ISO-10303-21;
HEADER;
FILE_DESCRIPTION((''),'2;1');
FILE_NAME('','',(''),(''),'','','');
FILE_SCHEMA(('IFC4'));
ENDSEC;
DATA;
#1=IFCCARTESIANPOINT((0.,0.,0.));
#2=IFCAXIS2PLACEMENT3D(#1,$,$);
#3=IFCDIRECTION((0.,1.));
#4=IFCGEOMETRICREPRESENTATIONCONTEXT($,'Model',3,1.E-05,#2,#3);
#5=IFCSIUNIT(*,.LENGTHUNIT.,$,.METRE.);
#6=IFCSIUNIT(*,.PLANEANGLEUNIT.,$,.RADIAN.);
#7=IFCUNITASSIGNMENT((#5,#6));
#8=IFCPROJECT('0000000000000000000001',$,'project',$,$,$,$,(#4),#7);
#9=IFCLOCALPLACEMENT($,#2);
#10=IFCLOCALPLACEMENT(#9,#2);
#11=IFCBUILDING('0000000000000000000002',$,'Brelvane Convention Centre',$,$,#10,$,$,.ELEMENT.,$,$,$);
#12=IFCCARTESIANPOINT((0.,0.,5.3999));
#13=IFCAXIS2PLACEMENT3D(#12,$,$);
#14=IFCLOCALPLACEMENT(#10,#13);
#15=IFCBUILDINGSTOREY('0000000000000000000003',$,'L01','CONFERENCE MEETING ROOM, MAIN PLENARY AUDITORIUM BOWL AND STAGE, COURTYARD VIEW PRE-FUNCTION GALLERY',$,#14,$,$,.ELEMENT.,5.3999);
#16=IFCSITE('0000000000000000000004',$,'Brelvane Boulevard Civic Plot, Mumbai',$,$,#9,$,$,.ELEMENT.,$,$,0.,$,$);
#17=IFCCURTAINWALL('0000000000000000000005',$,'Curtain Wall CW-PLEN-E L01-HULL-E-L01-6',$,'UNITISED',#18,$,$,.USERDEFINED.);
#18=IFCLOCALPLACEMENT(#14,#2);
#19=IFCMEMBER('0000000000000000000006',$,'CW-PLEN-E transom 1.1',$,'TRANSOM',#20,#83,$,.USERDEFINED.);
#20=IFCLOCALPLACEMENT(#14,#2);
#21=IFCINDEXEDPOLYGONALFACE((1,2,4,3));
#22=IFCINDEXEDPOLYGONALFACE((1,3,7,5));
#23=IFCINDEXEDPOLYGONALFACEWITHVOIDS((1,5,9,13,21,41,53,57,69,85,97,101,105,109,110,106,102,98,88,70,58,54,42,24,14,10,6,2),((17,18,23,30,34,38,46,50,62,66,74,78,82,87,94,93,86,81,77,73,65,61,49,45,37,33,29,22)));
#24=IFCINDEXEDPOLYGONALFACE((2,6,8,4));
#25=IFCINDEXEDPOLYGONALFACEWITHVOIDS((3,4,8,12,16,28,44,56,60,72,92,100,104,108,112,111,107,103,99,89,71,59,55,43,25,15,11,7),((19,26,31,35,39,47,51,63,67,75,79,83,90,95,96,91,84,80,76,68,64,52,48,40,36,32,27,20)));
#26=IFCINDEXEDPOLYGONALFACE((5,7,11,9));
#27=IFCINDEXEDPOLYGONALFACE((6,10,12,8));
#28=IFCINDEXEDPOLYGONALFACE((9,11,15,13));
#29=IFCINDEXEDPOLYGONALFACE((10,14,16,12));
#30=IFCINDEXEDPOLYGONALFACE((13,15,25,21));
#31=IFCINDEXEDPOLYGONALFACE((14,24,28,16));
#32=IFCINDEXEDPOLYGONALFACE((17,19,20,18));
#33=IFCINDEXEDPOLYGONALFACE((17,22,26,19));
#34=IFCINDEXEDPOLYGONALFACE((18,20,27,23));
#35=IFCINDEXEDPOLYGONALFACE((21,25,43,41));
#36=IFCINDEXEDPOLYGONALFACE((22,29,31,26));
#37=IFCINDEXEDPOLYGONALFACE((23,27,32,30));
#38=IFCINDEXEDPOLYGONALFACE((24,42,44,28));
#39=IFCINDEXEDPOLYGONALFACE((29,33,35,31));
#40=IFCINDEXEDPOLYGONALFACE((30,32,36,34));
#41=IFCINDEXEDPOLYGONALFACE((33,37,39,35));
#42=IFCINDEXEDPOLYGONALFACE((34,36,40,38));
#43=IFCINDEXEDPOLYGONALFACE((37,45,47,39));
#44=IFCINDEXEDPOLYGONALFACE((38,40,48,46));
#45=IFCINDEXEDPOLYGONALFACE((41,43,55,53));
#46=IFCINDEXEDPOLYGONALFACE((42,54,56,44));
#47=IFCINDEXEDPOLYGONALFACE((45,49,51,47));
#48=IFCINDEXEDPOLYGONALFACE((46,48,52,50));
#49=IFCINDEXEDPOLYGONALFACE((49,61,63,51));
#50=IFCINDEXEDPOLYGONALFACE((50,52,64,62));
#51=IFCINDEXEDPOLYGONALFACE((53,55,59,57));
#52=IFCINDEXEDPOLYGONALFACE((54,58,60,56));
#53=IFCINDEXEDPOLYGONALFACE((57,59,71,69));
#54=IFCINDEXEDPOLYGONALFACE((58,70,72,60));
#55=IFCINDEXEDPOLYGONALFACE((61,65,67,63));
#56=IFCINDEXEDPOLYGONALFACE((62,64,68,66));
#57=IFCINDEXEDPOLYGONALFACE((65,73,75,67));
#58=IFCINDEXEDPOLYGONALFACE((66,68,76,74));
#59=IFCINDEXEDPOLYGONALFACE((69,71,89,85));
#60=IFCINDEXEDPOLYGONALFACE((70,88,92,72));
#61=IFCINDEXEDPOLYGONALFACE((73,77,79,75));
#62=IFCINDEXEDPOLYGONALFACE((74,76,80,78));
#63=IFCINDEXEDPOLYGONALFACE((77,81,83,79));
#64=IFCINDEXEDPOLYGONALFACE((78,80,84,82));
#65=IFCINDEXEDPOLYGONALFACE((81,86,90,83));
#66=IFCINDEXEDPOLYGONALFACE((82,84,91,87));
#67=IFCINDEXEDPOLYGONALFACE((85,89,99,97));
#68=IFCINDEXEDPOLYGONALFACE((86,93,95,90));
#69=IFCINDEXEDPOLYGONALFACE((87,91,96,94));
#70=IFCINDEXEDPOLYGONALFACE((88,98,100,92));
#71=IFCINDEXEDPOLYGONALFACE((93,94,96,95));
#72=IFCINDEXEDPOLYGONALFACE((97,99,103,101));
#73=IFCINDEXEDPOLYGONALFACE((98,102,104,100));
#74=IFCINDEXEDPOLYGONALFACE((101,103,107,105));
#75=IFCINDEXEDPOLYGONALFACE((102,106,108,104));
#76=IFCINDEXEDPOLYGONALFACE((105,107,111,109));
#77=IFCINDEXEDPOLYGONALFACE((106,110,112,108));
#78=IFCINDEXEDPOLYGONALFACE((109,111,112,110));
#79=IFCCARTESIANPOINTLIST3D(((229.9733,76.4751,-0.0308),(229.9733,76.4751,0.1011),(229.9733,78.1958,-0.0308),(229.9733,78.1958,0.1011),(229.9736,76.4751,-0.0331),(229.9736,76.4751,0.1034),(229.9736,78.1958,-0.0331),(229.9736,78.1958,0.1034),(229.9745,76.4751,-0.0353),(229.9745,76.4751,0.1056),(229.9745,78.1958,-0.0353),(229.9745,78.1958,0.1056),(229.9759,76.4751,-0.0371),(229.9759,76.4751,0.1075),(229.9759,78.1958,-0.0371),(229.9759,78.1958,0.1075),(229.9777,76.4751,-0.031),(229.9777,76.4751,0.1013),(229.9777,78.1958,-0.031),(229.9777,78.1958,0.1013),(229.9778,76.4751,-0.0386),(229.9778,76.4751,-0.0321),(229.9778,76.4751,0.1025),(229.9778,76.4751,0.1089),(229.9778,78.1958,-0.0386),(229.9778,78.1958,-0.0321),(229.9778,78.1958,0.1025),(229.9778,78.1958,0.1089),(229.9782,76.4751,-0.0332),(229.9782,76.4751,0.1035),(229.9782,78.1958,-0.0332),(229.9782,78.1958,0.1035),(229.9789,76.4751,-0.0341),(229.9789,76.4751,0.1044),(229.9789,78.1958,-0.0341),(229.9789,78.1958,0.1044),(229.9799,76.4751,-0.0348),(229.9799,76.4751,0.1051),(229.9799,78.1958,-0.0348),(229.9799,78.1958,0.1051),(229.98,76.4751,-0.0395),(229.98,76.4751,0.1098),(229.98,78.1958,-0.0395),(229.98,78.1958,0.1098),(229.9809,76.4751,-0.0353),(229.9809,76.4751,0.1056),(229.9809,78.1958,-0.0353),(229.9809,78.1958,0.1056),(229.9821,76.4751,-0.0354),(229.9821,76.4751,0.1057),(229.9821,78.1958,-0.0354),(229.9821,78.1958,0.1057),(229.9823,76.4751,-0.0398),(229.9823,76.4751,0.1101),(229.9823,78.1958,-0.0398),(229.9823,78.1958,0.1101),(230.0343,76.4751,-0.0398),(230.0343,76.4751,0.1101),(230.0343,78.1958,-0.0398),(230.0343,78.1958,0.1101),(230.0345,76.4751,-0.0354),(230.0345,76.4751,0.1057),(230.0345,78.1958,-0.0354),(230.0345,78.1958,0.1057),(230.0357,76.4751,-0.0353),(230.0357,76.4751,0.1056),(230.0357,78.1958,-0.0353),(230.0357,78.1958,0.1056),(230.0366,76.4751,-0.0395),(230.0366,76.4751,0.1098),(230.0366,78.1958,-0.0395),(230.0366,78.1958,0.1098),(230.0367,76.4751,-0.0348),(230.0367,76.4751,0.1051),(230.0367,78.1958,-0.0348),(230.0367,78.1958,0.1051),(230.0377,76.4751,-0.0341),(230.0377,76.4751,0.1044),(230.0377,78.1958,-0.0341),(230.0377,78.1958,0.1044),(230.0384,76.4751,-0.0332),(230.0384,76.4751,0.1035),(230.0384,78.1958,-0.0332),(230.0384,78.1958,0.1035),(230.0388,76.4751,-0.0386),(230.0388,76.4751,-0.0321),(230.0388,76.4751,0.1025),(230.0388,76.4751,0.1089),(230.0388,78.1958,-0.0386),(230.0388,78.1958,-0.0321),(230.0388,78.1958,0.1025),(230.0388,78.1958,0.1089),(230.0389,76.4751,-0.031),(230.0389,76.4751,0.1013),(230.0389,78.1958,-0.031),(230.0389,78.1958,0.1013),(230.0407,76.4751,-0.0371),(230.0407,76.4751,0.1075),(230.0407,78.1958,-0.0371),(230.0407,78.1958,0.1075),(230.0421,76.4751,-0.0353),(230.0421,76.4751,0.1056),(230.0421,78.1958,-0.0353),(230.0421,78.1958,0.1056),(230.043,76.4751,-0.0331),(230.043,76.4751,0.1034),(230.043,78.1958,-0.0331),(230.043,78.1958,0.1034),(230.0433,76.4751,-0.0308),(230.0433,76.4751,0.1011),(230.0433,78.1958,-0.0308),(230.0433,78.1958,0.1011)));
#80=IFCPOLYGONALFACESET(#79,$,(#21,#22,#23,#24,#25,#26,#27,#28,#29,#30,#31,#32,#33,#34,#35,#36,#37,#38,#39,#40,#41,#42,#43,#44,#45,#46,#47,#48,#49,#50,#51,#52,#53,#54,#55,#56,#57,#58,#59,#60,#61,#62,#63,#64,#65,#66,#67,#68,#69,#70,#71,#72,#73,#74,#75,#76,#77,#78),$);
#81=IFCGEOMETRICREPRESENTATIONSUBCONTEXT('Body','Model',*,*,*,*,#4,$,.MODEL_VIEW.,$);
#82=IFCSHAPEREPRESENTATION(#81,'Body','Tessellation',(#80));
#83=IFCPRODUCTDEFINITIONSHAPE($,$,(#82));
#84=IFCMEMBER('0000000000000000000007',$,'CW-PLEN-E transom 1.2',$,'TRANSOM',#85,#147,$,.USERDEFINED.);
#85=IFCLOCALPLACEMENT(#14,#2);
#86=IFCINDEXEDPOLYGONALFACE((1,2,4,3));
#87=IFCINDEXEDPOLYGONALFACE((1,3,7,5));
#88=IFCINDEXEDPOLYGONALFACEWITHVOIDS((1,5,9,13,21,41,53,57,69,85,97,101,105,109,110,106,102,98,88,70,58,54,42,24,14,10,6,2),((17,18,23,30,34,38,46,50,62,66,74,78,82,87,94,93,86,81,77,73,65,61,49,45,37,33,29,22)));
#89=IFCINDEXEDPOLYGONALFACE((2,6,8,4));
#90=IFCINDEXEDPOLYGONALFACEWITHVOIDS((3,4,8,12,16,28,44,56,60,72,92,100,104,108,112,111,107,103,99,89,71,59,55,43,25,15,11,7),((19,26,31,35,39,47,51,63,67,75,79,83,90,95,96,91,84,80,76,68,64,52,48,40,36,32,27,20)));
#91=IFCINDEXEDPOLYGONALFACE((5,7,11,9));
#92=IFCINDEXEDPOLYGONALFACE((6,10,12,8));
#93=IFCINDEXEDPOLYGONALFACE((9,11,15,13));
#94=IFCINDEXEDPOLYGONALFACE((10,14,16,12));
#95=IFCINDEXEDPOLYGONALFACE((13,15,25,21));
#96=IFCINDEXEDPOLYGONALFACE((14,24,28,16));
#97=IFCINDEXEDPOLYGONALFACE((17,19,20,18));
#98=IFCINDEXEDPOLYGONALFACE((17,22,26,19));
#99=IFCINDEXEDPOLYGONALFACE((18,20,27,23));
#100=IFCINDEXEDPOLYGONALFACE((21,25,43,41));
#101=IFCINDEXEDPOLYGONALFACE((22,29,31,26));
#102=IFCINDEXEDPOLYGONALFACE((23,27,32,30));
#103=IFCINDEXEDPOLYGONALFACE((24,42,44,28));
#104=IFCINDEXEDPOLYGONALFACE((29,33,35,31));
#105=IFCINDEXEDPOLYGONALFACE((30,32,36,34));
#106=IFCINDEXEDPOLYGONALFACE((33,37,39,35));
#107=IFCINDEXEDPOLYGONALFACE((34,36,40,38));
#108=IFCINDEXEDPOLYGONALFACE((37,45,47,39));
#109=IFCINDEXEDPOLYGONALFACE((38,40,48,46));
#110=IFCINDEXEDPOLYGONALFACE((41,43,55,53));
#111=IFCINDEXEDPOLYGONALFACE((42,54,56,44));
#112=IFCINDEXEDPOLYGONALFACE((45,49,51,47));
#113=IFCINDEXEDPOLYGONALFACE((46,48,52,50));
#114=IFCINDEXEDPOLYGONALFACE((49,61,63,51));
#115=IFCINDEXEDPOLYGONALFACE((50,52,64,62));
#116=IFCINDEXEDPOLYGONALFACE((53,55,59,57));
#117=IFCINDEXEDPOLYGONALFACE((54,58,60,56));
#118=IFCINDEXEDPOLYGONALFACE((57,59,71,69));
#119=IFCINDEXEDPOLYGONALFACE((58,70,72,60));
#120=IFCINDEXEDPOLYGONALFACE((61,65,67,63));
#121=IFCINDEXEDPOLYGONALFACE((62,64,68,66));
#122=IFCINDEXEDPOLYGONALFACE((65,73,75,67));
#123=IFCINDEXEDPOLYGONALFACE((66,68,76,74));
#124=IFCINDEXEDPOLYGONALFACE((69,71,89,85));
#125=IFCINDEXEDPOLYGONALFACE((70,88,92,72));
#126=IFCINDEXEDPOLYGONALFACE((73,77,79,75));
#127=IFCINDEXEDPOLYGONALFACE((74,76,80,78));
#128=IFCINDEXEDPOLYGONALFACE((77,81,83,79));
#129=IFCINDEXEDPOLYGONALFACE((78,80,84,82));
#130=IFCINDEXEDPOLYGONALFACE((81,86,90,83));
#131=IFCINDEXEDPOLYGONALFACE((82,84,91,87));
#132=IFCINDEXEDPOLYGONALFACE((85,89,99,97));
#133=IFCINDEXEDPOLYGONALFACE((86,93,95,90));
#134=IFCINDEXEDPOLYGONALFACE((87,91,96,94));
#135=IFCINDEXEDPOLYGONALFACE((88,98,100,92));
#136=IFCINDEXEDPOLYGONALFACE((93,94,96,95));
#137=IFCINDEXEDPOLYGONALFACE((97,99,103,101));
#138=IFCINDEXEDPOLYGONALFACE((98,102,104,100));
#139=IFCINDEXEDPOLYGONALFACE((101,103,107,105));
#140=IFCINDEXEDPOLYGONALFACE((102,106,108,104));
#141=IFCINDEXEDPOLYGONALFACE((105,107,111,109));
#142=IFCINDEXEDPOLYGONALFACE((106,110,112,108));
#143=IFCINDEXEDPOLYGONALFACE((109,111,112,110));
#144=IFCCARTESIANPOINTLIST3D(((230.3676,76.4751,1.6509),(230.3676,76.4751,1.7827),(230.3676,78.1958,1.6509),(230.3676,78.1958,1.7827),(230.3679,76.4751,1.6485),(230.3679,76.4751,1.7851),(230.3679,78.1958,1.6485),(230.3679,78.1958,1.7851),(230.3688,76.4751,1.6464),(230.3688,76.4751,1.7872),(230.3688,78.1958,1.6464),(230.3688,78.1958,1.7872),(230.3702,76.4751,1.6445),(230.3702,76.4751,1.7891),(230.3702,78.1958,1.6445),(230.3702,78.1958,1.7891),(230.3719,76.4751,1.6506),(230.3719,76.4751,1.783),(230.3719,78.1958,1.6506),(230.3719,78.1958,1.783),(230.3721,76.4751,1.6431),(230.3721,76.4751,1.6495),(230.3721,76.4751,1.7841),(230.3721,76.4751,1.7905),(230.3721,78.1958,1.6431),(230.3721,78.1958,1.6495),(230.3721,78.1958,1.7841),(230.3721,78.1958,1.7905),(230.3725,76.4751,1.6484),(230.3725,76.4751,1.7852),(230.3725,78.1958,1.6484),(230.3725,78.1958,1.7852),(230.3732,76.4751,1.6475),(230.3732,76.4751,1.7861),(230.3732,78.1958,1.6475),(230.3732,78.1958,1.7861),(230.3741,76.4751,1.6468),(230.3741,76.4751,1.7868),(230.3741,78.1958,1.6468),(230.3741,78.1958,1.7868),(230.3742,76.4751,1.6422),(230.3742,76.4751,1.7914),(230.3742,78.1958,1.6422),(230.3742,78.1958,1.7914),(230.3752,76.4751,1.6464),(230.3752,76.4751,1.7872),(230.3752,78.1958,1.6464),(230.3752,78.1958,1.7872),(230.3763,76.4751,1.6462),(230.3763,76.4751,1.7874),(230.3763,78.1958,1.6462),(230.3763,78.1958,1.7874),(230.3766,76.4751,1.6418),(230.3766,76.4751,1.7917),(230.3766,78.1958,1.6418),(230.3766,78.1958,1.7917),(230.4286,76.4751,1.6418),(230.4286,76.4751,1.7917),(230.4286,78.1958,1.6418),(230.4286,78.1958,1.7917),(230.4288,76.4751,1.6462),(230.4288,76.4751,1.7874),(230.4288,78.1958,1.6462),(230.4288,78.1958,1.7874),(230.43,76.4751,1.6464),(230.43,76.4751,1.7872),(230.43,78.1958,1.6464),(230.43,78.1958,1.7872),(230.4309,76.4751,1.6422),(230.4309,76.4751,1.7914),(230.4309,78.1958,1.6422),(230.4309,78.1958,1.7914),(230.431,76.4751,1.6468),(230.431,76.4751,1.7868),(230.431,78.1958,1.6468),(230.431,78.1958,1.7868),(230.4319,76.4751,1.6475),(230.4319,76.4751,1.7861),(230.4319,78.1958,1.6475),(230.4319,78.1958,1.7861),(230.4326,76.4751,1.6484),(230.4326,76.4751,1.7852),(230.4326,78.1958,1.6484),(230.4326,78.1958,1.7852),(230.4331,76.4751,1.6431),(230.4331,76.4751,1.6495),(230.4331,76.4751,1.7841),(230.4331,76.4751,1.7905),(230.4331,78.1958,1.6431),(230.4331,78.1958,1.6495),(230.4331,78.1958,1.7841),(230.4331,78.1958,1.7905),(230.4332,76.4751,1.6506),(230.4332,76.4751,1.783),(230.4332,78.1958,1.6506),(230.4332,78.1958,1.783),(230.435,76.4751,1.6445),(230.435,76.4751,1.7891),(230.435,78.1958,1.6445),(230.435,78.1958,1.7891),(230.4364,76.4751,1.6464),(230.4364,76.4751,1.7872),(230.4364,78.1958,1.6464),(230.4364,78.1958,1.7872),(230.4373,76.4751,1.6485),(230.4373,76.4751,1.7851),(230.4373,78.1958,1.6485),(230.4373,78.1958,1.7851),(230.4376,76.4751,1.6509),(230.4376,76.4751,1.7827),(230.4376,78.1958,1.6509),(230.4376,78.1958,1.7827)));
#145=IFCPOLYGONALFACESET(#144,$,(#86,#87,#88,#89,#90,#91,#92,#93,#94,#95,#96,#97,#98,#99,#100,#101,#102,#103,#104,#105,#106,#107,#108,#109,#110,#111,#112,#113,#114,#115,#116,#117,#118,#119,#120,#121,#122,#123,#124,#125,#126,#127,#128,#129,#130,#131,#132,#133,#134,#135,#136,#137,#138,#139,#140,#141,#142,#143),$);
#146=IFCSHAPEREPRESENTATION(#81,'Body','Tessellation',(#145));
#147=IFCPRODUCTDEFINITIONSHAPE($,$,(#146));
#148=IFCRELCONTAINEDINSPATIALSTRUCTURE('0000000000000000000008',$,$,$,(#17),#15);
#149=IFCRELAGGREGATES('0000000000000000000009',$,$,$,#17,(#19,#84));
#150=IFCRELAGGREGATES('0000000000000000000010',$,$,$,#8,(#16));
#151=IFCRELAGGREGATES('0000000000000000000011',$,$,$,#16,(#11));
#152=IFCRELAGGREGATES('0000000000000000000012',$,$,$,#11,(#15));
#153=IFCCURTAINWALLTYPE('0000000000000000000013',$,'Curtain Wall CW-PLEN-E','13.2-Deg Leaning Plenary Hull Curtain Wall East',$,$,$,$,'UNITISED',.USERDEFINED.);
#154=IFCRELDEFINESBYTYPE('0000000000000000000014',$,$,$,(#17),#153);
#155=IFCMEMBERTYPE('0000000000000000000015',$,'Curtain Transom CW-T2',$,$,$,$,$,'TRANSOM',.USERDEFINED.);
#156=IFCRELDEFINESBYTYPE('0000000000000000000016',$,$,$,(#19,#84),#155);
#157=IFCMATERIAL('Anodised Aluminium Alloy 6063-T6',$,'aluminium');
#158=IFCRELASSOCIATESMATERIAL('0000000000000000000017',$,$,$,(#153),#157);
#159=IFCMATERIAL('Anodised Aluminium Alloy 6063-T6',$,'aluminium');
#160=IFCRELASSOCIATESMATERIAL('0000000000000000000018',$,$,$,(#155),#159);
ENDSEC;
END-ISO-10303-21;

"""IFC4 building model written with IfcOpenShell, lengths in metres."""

from ifc_helpers import new_model, si_unit, direction, frame, origin, origin_2d, place, context, subcontext, project, spatial, hollow_rectangle, extrude, material, material_profile, profile_set, type_object, element, aggregate, save


model = new_model("IFC4")

# Units and contexts
model_context = context("Model", 3, precision=1e-05, world=origin(), true_north=direction((0.0, 1.0)))
body_context = subcontext(model_context, "Body", "Model", "MODEL_VIEW")
ifc_project = project(units=[si_unit("LENGTHUNIT", "METRE"), si_unit("PLANEANGLEUNIT", "RADIAN")], contexts=[model_context])

# Site, building, storey
site_placement = place(None, origin())
site = spatial("IfcSite", under=ifc_project, at=site_placement, Name="Brelvane Boulevard Civic Plot, Mumbai", CompositionType="ELEMENT", RefElevation=0.0)
building_placement = place(site_placement, origin())
building = spatial("IfcBuilding", under=site, at=building_placement, Name="Brelvane Convention Centre", CompositionType="ELEMENT")
storey_placement = place(building_placement, frame((0.0, 0.0, 5.3999)))
storey = spatial("IfcBuildingStorey", under=building, at=storey_placement, Name="L01", Description="CONFERENCE MEETING ROOM, MAIN PLENARY AUDITORIUM BOWL AND STAGE, COURTYARD VIEW PRE-FUNCTION GALLERY", CompositionType="ELEMENT", Elevation=5.3999)

# Curtain wall, members
ifc_material_1 = material(Name="Anodised Aluminium Alloy 6063-T6", Category="aluminium")
curtain_wall_type = type_object("IfcCurtainWallType", Name="Curtain Wall CW-PLEN-E", Description="13.2-Deg Leaning Plenary Hull Curtain Wall East", ElementType="UNITISED", PredefinedType="USERDEFINED", material=ifc_material_1)
curtain_wall_placement = place(storey_placement, origin())
curtain_wall = element("IfcCurtainWall", 1, at=curtain_wall_placement, inside=storey, type_object=curtain_wall_type, Name="Curtain Wall CW-PLEN-E L01-HULL-E-L01-6", ObjectType="UNITISED", PredefinedType="USERDEFINED")
ifc_material_2 = material(Name="Anodised Aluminium Alloy 6063-T6", Category="aluminium")
ifc_material_profile_1 = material_profile(ifc_material_2, hollow_rectangle(XDim=0.0701, YDim=0.1499, WallThickness=0.0044, InnerFilletRadius=0.0044, OuterFilletRadius=0.009, at=origin_2d()), Name="ALU-T 150x70x4.5")
ifc_profile_set_1 = profile_set([ifc_material_profile_1], Name="Anodised Aluminium Alloy 6063-T6")
member_type_1 = type_object("IfcMemberType", Name="Curtain Transom CW-T2", ElementType="TRANSOM", PredefinedType="USERDEFINED", material=ifc_profile_set_1)
member_1_placement = place(storey_placement, frame((230.0083, 76.4751, 0.0352), z_axis=(0.0, 1.0, 0.0), x_axis=(-1.0, 0.0, 0.0)))
member_1 = element("IfcMember", 2, at=member_1_placement, type_object=member_type_1, Name="CW-PLEN-E transom 1.1", ObjectType="TRANSOM", PredefinedType="USERDEFINED", context=body_context, shape_type="SweptSolid", body=[
    extrude(hollow_rectangle(XDim=0.0701, YDim=0.1499, WallThickness=0.0044, InnerFilletRadius=0.0044, OuterFilletRadius=0.009, at=origin_2d()), origin(), (0.0, 0.0, 1.0), 1.7207),
])
member_2_placement = place(storey_placement, frame((230.4026, 76.4751, 1.7168), z_axis=(0.0, 1.0, 0.0), x_axis=(-1.0, 0.0, 0.0)))
member_2 = element("IfcMember", 3, at=member_2_placement, type_object=member_type_1, Name="CW-PLEN-E transom 1.2", ObjectType="TRANSOM", PredefinedType="USERDEFINED", context=body_context, shape_type="SweptSolid", body=[
    extrude(hollow_rectangle(XDim=0.0701, YDim=0.1499, WallThickness=0.0044, InnerFilletRadius=0.0044, OuterFilletRadius=0.009, at=origin_2d()), origin(), (0.0, 0.0, 1.0), 1.7207),
])

aggregate(curtain_wall, [member_1, member_2])

save(model, "model.ifc")
